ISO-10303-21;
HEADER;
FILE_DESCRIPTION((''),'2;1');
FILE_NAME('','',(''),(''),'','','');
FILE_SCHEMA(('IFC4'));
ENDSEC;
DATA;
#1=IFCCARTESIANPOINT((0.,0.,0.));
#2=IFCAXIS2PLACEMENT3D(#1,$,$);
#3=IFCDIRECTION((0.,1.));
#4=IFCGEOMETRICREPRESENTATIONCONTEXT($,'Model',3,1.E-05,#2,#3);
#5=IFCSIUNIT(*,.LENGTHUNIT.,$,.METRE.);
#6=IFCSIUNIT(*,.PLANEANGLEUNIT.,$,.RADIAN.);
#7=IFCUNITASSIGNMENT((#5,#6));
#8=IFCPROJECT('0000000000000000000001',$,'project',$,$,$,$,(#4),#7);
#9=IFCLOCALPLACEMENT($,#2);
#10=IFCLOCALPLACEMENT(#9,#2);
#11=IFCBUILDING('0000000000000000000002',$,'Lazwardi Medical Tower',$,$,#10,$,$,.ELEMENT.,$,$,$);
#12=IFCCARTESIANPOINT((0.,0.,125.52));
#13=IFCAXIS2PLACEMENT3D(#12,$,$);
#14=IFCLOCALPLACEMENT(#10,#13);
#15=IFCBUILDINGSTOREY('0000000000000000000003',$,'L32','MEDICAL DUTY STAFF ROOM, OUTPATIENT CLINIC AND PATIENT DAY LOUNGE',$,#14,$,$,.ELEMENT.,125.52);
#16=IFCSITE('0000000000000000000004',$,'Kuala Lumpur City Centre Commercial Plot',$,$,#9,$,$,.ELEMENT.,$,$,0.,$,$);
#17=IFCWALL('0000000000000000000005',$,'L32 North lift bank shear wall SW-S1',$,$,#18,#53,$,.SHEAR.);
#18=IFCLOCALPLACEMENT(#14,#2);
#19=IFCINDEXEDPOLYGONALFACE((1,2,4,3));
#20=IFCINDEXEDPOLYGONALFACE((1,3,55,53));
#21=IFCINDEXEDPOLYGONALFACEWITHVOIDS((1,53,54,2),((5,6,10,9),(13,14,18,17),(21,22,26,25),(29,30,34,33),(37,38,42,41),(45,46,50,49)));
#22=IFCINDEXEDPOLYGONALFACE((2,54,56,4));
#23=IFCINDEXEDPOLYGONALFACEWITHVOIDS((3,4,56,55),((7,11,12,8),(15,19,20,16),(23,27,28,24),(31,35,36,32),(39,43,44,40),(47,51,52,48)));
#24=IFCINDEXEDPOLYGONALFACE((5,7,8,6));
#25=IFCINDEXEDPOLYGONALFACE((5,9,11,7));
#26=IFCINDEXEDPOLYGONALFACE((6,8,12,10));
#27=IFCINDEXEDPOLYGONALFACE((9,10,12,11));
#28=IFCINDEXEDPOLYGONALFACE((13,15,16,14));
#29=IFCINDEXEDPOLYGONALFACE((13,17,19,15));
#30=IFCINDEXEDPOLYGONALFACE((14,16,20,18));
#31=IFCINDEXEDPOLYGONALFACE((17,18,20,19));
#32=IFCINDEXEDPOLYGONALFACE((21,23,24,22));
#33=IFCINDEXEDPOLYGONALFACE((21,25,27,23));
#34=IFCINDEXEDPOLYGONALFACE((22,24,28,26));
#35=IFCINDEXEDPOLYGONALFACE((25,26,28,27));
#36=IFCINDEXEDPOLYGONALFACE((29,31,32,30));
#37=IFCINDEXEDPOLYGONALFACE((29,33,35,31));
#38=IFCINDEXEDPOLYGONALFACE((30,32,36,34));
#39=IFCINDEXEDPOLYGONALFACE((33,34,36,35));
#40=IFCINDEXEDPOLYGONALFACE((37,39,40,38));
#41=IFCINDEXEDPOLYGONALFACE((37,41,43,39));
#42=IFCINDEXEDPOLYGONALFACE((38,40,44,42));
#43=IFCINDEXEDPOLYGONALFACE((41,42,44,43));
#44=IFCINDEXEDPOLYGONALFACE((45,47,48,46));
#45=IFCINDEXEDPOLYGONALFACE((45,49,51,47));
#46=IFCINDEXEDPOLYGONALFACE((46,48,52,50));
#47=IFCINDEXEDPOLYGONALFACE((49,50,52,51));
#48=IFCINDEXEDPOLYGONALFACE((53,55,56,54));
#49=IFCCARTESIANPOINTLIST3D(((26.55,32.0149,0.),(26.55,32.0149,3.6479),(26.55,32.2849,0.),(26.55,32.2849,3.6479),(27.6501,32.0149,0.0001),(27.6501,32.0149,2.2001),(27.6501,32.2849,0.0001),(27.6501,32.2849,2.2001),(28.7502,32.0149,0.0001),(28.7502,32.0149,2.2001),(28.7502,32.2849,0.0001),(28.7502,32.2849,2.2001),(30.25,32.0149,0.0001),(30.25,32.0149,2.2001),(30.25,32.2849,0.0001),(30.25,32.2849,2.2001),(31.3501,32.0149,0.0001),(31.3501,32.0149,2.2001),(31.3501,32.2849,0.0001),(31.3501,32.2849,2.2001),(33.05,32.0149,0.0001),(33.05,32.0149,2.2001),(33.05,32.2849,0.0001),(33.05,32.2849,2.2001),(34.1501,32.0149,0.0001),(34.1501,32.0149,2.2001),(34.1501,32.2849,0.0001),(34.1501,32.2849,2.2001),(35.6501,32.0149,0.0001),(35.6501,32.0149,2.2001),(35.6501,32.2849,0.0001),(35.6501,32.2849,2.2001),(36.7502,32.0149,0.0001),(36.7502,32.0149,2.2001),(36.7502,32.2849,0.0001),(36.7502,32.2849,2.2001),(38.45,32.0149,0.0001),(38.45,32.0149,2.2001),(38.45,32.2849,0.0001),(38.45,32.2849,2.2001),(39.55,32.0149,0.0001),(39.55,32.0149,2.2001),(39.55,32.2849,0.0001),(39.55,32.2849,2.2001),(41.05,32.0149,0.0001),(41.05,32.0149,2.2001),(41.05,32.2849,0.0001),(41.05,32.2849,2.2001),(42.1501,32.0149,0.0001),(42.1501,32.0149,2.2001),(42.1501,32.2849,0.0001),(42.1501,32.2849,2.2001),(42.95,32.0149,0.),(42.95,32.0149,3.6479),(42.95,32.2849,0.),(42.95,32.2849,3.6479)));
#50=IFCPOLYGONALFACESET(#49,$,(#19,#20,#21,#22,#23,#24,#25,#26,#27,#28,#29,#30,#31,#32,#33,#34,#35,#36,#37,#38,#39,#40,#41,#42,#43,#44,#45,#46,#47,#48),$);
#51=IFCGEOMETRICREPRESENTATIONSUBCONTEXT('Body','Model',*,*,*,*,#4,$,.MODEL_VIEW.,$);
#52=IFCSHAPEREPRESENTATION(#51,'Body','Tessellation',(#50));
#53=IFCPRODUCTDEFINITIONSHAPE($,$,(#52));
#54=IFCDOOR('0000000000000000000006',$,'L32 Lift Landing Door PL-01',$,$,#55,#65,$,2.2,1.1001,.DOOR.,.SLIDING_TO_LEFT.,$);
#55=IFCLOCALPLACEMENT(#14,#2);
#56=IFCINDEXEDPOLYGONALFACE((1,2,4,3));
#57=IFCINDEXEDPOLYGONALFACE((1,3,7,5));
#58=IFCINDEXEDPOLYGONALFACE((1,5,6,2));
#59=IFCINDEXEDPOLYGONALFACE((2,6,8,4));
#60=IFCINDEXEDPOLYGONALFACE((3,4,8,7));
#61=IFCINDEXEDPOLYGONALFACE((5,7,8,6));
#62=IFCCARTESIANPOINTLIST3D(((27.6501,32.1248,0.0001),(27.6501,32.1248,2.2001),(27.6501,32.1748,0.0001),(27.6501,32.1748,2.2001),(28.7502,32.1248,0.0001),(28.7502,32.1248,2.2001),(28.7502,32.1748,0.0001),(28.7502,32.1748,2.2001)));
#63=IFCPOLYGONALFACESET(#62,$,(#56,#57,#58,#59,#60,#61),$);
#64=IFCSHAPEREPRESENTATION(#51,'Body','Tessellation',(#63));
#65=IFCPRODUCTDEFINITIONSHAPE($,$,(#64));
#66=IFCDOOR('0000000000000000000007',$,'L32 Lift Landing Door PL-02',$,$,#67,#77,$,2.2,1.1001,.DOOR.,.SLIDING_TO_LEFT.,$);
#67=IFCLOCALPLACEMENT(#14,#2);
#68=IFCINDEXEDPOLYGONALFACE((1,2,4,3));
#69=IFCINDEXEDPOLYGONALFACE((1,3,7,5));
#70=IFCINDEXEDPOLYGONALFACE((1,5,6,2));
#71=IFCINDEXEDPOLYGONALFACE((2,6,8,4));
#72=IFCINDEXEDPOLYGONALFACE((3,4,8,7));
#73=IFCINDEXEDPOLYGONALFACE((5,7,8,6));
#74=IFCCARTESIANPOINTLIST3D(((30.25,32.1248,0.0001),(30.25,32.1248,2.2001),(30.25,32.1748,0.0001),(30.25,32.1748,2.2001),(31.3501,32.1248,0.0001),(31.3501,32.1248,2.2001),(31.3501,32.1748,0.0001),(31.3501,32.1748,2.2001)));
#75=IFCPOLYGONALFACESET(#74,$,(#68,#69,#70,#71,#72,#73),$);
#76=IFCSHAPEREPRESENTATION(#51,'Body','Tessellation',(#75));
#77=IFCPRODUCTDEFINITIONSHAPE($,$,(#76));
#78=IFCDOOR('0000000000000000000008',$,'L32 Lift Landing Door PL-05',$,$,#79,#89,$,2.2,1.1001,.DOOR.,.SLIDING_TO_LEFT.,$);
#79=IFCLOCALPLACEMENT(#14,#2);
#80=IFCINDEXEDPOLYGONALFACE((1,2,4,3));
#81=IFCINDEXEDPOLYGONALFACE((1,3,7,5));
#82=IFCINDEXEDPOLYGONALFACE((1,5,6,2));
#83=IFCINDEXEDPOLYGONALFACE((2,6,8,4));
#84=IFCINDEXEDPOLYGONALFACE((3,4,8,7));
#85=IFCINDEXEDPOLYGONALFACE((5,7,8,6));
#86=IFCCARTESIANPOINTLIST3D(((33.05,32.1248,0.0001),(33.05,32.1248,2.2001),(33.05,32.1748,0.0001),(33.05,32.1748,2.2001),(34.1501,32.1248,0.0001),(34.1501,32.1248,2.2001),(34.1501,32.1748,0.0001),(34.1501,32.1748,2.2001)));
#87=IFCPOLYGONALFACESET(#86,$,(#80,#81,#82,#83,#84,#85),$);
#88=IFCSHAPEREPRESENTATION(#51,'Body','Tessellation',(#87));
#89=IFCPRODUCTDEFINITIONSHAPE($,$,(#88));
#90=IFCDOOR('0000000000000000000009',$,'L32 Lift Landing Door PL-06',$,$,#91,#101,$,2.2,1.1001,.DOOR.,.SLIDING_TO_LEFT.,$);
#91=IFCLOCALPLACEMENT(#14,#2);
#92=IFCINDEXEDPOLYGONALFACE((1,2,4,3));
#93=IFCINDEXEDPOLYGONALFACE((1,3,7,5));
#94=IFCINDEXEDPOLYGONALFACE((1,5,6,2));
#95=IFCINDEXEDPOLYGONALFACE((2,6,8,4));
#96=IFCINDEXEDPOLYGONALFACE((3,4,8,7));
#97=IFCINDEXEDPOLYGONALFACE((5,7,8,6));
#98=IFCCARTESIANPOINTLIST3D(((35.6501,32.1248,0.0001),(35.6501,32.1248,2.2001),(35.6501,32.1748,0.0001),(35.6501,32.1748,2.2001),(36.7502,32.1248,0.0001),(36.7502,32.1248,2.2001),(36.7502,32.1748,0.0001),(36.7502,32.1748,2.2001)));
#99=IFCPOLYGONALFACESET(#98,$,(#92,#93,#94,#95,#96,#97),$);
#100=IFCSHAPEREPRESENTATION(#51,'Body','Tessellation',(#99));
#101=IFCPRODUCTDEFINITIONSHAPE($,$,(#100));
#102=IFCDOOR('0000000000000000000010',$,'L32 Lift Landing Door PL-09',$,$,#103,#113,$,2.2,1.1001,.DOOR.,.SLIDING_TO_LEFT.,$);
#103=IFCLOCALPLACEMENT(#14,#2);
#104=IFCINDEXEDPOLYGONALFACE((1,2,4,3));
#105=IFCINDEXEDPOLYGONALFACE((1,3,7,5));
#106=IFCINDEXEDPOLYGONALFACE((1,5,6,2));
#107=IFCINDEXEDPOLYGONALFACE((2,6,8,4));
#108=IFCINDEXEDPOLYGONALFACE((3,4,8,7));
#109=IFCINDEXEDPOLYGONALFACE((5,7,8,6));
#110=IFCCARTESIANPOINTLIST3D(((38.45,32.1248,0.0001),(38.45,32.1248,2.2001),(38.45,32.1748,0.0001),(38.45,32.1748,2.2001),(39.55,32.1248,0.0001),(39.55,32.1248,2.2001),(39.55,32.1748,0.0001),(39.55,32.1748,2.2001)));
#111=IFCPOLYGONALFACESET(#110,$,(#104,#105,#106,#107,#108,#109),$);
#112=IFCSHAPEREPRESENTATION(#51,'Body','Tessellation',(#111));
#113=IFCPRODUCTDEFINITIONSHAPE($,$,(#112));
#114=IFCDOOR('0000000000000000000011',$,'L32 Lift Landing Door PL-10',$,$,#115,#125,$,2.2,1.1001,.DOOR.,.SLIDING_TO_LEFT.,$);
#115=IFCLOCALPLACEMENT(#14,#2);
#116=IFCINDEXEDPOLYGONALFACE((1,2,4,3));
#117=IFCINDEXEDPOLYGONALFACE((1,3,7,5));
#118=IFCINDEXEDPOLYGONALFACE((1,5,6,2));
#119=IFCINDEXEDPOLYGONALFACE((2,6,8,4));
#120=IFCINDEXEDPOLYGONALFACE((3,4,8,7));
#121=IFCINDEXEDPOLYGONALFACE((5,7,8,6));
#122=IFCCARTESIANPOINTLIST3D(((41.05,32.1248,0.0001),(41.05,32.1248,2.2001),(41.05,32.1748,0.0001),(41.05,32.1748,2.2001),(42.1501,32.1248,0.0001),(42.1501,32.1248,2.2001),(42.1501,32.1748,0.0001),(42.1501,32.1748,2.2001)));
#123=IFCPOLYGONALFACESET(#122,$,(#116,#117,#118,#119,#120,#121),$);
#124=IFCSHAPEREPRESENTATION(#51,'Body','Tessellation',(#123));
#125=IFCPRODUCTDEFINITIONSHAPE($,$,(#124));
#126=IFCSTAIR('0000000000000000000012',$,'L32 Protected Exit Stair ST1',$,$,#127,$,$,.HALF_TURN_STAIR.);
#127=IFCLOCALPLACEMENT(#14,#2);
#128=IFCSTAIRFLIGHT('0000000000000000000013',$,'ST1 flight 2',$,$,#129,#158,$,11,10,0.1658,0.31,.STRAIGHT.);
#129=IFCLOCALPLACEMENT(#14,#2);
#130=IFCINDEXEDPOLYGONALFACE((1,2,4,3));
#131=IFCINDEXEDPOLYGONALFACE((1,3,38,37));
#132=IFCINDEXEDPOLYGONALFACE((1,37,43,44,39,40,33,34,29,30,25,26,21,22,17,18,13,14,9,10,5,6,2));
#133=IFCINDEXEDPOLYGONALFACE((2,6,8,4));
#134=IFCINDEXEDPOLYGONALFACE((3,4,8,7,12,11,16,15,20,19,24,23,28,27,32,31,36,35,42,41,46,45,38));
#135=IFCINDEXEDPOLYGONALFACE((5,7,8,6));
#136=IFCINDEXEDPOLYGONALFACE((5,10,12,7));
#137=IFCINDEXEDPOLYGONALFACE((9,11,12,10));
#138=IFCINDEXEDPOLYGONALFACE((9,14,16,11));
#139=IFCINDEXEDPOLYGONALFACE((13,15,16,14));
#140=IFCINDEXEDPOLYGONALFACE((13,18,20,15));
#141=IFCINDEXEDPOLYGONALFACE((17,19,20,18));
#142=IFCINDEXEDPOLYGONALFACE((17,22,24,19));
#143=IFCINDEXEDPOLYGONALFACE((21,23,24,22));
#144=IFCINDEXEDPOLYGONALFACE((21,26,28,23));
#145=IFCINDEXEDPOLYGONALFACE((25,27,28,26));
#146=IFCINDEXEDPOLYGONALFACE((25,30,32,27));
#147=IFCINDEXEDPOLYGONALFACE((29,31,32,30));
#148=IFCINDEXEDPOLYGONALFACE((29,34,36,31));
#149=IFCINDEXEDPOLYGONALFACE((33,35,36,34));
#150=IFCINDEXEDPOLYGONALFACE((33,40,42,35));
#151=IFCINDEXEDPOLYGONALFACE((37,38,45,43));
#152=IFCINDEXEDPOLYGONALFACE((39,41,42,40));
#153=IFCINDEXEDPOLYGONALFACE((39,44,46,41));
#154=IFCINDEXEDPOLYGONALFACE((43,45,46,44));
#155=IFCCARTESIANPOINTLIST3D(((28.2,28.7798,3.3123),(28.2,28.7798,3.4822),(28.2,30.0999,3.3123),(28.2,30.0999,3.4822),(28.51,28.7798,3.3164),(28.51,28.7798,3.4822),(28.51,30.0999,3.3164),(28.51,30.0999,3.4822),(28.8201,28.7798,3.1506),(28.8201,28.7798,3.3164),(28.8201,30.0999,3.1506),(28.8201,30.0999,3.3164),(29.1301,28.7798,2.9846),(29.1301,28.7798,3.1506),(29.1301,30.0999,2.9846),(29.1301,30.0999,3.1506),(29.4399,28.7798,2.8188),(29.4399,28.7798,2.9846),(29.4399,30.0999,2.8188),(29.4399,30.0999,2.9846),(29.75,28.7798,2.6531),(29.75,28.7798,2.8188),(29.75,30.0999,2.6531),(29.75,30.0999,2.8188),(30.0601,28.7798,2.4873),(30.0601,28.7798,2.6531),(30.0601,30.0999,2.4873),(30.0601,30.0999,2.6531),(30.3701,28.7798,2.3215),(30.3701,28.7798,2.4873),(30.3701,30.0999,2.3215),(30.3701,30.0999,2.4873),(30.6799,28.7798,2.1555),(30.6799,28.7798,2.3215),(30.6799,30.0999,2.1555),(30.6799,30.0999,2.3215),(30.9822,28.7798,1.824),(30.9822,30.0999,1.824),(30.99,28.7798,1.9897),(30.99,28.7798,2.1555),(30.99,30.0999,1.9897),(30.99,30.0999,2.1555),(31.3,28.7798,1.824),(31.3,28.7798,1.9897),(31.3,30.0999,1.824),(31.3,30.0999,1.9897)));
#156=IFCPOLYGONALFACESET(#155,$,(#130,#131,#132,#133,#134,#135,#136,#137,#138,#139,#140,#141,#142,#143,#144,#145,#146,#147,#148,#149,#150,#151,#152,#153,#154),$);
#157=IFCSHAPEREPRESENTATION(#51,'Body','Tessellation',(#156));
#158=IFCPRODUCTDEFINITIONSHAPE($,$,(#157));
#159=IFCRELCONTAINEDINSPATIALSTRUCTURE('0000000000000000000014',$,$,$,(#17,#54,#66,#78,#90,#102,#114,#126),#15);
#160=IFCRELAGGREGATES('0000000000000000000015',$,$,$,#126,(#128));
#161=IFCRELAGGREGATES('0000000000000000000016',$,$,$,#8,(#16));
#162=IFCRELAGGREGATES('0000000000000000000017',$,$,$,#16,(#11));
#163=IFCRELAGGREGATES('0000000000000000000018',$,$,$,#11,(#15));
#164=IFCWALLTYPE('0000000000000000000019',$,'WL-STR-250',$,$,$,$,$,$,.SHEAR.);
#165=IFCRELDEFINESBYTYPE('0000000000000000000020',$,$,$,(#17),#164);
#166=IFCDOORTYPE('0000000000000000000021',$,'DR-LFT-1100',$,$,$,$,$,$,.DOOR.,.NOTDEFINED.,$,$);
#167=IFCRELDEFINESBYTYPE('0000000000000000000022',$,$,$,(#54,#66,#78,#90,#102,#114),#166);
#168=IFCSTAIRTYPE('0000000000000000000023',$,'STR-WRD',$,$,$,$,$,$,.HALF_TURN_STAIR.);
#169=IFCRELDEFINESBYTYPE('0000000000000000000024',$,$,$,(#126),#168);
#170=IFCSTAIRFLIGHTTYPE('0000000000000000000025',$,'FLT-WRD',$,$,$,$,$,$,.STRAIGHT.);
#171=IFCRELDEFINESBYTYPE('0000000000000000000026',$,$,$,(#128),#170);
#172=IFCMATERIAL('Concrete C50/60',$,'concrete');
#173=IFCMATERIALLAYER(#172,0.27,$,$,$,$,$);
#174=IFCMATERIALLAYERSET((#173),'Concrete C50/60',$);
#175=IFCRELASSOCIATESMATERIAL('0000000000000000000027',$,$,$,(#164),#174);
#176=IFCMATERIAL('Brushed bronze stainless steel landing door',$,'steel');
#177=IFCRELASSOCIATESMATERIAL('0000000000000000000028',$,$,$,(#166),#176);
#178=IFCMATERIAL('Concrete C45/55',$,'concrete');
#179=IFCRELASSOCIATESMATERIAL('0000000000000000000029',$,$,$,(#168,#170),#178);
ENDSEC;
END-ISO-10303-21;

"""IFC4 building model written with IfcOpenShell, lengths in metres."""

from ifc_helpers import new_model, si_unit, direction, frame, frame_2d, origin, place, context, subcontext, project, spatial, polyline, rectangle, outline, extrude, material, layer, layer_set, type_object, element, fill, aggregate, save


model = new_model("IFC4")

# Units and contexts
model_context = context("Model", 3, precision=1e-05, world=origin(), true_north=direction((0.0, 1.0)))
body_context = subcontext(model_context, "Body", "Model", "MODEL_VIEW")
ifc_project = project(units=[si_unit("LENGTHUNIT", "METRE"), si_unit("PLANEANGLEUNIT", "RADIAN")], contexts=[model_context])

# Site, building, storey
site_placement = place(None, origin())
site = spatial("IfcSite", under=ifc_project, at=site_placement, Name="Kuala Lumpur City Centre Commercial Plot", CompositionType="ELEMENT", RefElevation=0.0)
building_placement = place(site_placement, origin())
building = spatial("IfcBuilding", under=site, at=building_placement, Name="Lazwardi Medical Tower", CompositionType="ELEMENT")
storey_placement = place(building_placement, frame((0.0, 0.0, 125.52)))
storey = spatial("IfcBuildingStorey", under=building, at=storey_placement, Name="L32", Description="MEDICAL DUTY STAFF ROOM, OUTPATIENT CLINIC AND PATIENT DAY LOUNGE", CompositionType="ELEMENT", Elevation=125.52)

# Shared definitions
ifc_material_1 = material(Name="Concrete C50/60", Category="concrete")
ifc_layer_1 = layer(ifc_material_1, 0.27)
ifc_layer_set_1 = layer_set([ifc_layer_1], Name="Concrete C50/60")
wall_type_1 = type_object("IfcWallType", Name="WL-STR-250", PredefinedType="SHEAR", material=ifc_layer_set_1)

# Wall, openings, doors
wall_1_placement = place(storey_placement, frame((26.55, 32.1499, 0.0), z_axis=(0.0, 0.0, 1.0), x_axis=(1.0, 0.0, 0.0)))
wall_1 = element("IfcWall", 1, at=wall_1_placement, inside=storey, type_object=wall_type_1, Name="L32 North lift bank shear wall SW-S1", PredefinedType="SHEAR", context=body_context, shape_type="SweptSolid", body=[
    extrude(rectangle(XDim=16.3999, YDim=0.27, at=frame_2d((8.2, 0.0))), origin(), (0.0, 0.0, 1.0), 3.6479),
])
opening_1_placement = place(wall_1_placement, frame((1.1001, 0.0, 0.0)))
opening_1 = element("IfcOpeningElement", 2, at=opening_1_placement, cuts=wall_1, PredefinedType="OPENING", context=body_context, shape_type="SweptSolid", body=[
    extrude(rectangle(XDim=1.1001, YDim=2.2, at=frame_2d((0.55, 1.1001))), frame((0.0, 0.145, 0.0), z_axis=(0.0, -1.0, 0.0), x_axis=(1.0, 0.0, 0.0)), (0.0, 0.0, 1.0), 0.29),
])
opening_2_placement = place(wall_1_placement, frame((3.7, 0.0, 0.0)))
opening_2 = element("IfcOpeningElement", 3, at=opening_2_placement, cuts=wall_1, PredefinedType="OPENING", context=body_context, shape_type="SweptSolid", body=[
    extrude(rectangle(XDim=1.1001, YDim=2.2, at=frame_2d((0.55, 1.1001))), frame((0.0, 0.145, 0.0), z_axis=(0.0, -1.0, 0.0), x_axis=(1.0, 0.0, 0.0)), (0.0, 0.0, 1.0), 0.29),
])
opening_3_placement = place(wall_1_placement, frame((6.5, 0.0, 0.0)))
opening_3 = element("IfcOpeningElement", 4, at=opening_3_placement, cuts=wall_1, PredefinedType="OPENING", context=body_context, shape_type="SweptSolid", body=[
    extrude(rectangle(XDim=1.1001, YDim=2.2, at=frame_2d((0.55, 1.1001))), frame((0.0, 0.145, 0.0), z_axis=(0.0, -1.0, 0.0), x_axis=(1.0, 0.0, 0.0)), (0.0, 0.0, 1.0), 0.29),
])
opening_4_placement = place(wall_1_placement, frame((9.1001, 0.0, 0.0)))
opening_4 = element("IfcOpeningElement", 5, at=opening_4_placement, cuts=wall_1, PredefinedType="OPENING", context=body_context, shape_type="SweptSolid", body=[
    extrude(rectangle(XDim=1.1001, YDim=2.2, at=frame_2d((0.55, 1.1001))), frame((0.0, 0.145, 0.0), z_axis=(0.0, -1.0, 0.0), x_axis=(1.0, 0.0, 0.0)), (0.0, 0.0, 1.0), 0.29),
])
opening_5_placement = place(wall_1_placement, frame((11.8999, 0.0, 0.0)))
opening_5 = element("IfcOpeningElement", 6, at=opening_5_placement, cuts=wall_1, PredefinedType="OPENING", context=body_context, shape_type="SweptSolid", body=[
    extrude(rectangle(XDim=1.1001, YDim=2.2, at=frame_2d((0.55, 1.1001))), frame((0.0, 0.145, 0.0), z_axis=(0.0, -1.0, 0.0), x_axis=(1.0, 0.0, 0.0)), (0.0, 0.0, 1.0), 0.29),
])
opening_6_placement = place(wall_1_placement, frame((14.5, 0.0, 0.0)))
opening_6 = element("IfcOpeningElement", 7, at=opening_6_placement, cuts=wall_1, PredefinedType="OPENING", context=body_context, shape_type="SweptSolid", body=[
    extrude(rectangle(XDim=1.1001, YDim=2.2, at=frame_2d((0.55, 1.1001))), frame((0.0, 0.145, 0.0), z_axis=(0.0, -1.0, 0.0), x_axis=(1.0, 0.0, 0.0)), (0.0, 0.0, 1.0), 0.29),
])
ifc_material_2 = material(Name="Brushed bronze stainless steel landing door", Category="steel")
door_type_1 = type_object("IfcDoorType", Name="DR-LFT-1100", OperationType="NOTDEFINED", PredefinedType="DOOR", material=ifc_material_2)
door_1_placement = place(opening_1_placement, origin())
door_1 = element("IfcDoor", 8, at=door_1_placement, inside=storey, type_object=door_type_1, Name="L32 Lift Landing Door PL-01", OperationType="SLIDING_TO_LEFT", OverallHeight=2.2, OverallWidth=1.1001, PredefinedType="DOOR", context=body_context, shape_type="SweptSolid", body=[
    extrude(rectangle(XDim=1.1001, YDim=2.2, at=frame_2d((0.55, 1.1001))), frame((0.0, 0.0249, 0.0), z_axis=(0.0, -1.0, 0.0), x_axis=(1.0, 0.0, 0.0)), (0.0, 0.0, 1.0), 0.05),
])
fill(opening_1, door_1)
door_2_placement = place(opening_2_placement, origin())
door_2 = element("IfcDoor", 9, at=door_2_placement, inside=storey, type_object=door_type_1, Name="L32 Lift Landing Door PL-02", OperationType="SLIDING_TO_LEFT", OverallHeight=2.2, OverallWidth=1.1001, PredefinedType="DOOR", context=body_context, shape_type="SweptSolid", body=[
    extrude(rectangle(XDim=1.1001, YDim=2.2, at=frame_2d((0.55, 1.1001))), frame((0.0, 0.0249, 0.0), z_axis=(0.0, -1.0, 0.0), x_axis=(1.0, 0.0, 0.0)), (0.0, 0.0, 1.0), 0.05),
])
fill(opening_2, door_2)
door_3_placement = place(opening_3_placement, origin())
door_3 = element("IfcDoor", 10, at=door_3_placement, inside=storey, type_object=door_type_1, Name="L32 Lift Landing Door PL-05", OperationType="SLIDING_TO_LEFT", OverallHeight=2.2, OverallWidth=1.1001, PredefinedType="DOOR", context=body_context, shape_type="SweptSolid", body=[
    extrude(rectangle(XDim=1.1001, YDim=2.2, at=frame_2d((0.55, 1.1001))), frame((0.0, 0.0249, 0.0), z_axis=(0.0, -1.0, 0.0), x_axis=(1.0, 0.0, 0.0)), (0.0, 0.0, 1.0), 0.05),
])
fill(opening_3, door_3)
door_4_placement = place(opening_4_placement, origin())
door_4 = element("IfcDoor", 11, at=door_4_placement, inside=storey, type_object=door_type_1, Name="L32 Lift Landing Door PL-06", OperationType="SLIDING_TO_LEFT", OverallHeight=2.2, OverallWidth=1.1001, PredefinedType="DOOR", context=body_context, shape_type="SweptSolid", body=[
    extrude(rectangle(XDim=1.1001, YDim=2.2, at=frame_2d((0.55, 1.1001))), frame((0.0, 0.0249, 0.0), z_axis=(0.0, -1.0, 0.0), x_axis=(1.0, 0.0, 0.0)), (0.0, 0.0, 1.0), 0.05),
])
fill(opening_4, door_4)
door_5_placement = place(opening_5_placement, origin())
door_5 = element("IfcDoor", 12, at=door_5_placement, inside=storey, type_object=door_type_1, Name="L32 Lift Landing Door PL-09", OperationType="SLIDING_TO_LEFT", OverallHeight=2.2, OverallWidth=1.1001, PredefinedType="DOOR", context=body_context, shape_type="SweptSolid", body=[
    extrude(rectangle(XDim=1.1001, YDim=2.2, at=frame_2d((0.55, 1.1001))), frame((0.0, 0.0249, 0.0), z_axis=(0.0, -1.0, 0.0), x_axis=(1.0, 0.0, 0.0)), (0.0, 0.0, 1.0), 0.05),
])
fill(opening_5, door_5)
door_6_placement = place(opening_6_placement, origin())
door_6 = element("IfcDoor", 13, at=door_6_placement, inside=storey, type_object=door_type_1, Name="L32 Lift Landing Door PL-10", OperationType="SLIDING_TO_LEFT", OverallHeight=2.2, OverallWidth=1.1001, PredefinedType="DOOR", context=body_context, shape_type="SweptSolid", body=[
    extrude(rectangle(XDim=1.1001, YDim=2.2, at=frame_2d((0.55, 1.1001))), frame((0.0, 0.0249, 0.0), z_axis=(0.0, -1.0, 0.0), x_axis=(1.0, 0.0, 0.0)), (0.0, 0.0, 1.0), 0.05),
])
fill(opening_6, door_6)

# Stair, stair flight
ifc_material_3 = material(Name="Concrete C45/55", Category="concrete")
stair_type = type_object("IfcStairType", Name="STR-WRD", PredefinedType="HALF_TURN_STAIR", material=ifc_material_3)
stair_placement = place(storey_placement, origin())
stair = element("IfcStair", 14, at=stair_placement, inside=storey, type_object=stair_type, Name="L32 Protected Exit Stair ST1", PredefinedType="HALF_TURN_STAIR")
stair_flight_type = type_object("IfcStairFlightType", Name="FLT-WRD", PredefinedType="STRAIGHT", material=ifc_material_3)
stair_flight_placement = place(storey_placement, frame((31.3, 29.4399, 1.824), z_axis=(0.0, 0.0, 1.0), x_axis=(-1.0, 0.0, 0.0)))
stair_flight = element("IfcStairFlight", 15, at=stair_flight_placement, type_object=stair_flight_type, Name="ST1 flight 2", NumberOfRisers=11, NumberOfTreads=10, PredefinedType="STRAIGHT", RiserHeight=0.1658, TreadLength=0.31, context=body_context, shape_type="SweptSolid", body=[
    extrude(outline(polyline([(0.0, 0.0), (0.0, 0.1658), (0.3101, 0.1658), (0.3101, 0.3315), (0.6201, 0.3315), (0.6201, 0.4976), (0.9299, 0.4976), (0.9299, 0.6633), (1.24, 0.6633), (1.24, 0.8291), (1.55, 0.8291), (1.55, 0.9949), (1.8601, 0.9949), (1.8601, 1.1606), (2.1699, 1.1606), (2.1699, 1.3267), (2.48, 1.3267), (2.48, 1.4924), (2.79, 1.4924), (2.79, 1.6582), (3.1001, 1.6582), (3.1001, 1.824), (3.1001, 1.4883), (0.3179, 0.0), (0.0, 0.0)])), frame((0.0, 0.6602, 0.0), z_axis=(0.0, -1.0, 0.0), x_axis=(1.0, 0.0, 0.0)), (0.0, 0.0, 1.0), 1.3201),
])
aggregate(stair, [stair_flight])

save(model, "model.ifc")
